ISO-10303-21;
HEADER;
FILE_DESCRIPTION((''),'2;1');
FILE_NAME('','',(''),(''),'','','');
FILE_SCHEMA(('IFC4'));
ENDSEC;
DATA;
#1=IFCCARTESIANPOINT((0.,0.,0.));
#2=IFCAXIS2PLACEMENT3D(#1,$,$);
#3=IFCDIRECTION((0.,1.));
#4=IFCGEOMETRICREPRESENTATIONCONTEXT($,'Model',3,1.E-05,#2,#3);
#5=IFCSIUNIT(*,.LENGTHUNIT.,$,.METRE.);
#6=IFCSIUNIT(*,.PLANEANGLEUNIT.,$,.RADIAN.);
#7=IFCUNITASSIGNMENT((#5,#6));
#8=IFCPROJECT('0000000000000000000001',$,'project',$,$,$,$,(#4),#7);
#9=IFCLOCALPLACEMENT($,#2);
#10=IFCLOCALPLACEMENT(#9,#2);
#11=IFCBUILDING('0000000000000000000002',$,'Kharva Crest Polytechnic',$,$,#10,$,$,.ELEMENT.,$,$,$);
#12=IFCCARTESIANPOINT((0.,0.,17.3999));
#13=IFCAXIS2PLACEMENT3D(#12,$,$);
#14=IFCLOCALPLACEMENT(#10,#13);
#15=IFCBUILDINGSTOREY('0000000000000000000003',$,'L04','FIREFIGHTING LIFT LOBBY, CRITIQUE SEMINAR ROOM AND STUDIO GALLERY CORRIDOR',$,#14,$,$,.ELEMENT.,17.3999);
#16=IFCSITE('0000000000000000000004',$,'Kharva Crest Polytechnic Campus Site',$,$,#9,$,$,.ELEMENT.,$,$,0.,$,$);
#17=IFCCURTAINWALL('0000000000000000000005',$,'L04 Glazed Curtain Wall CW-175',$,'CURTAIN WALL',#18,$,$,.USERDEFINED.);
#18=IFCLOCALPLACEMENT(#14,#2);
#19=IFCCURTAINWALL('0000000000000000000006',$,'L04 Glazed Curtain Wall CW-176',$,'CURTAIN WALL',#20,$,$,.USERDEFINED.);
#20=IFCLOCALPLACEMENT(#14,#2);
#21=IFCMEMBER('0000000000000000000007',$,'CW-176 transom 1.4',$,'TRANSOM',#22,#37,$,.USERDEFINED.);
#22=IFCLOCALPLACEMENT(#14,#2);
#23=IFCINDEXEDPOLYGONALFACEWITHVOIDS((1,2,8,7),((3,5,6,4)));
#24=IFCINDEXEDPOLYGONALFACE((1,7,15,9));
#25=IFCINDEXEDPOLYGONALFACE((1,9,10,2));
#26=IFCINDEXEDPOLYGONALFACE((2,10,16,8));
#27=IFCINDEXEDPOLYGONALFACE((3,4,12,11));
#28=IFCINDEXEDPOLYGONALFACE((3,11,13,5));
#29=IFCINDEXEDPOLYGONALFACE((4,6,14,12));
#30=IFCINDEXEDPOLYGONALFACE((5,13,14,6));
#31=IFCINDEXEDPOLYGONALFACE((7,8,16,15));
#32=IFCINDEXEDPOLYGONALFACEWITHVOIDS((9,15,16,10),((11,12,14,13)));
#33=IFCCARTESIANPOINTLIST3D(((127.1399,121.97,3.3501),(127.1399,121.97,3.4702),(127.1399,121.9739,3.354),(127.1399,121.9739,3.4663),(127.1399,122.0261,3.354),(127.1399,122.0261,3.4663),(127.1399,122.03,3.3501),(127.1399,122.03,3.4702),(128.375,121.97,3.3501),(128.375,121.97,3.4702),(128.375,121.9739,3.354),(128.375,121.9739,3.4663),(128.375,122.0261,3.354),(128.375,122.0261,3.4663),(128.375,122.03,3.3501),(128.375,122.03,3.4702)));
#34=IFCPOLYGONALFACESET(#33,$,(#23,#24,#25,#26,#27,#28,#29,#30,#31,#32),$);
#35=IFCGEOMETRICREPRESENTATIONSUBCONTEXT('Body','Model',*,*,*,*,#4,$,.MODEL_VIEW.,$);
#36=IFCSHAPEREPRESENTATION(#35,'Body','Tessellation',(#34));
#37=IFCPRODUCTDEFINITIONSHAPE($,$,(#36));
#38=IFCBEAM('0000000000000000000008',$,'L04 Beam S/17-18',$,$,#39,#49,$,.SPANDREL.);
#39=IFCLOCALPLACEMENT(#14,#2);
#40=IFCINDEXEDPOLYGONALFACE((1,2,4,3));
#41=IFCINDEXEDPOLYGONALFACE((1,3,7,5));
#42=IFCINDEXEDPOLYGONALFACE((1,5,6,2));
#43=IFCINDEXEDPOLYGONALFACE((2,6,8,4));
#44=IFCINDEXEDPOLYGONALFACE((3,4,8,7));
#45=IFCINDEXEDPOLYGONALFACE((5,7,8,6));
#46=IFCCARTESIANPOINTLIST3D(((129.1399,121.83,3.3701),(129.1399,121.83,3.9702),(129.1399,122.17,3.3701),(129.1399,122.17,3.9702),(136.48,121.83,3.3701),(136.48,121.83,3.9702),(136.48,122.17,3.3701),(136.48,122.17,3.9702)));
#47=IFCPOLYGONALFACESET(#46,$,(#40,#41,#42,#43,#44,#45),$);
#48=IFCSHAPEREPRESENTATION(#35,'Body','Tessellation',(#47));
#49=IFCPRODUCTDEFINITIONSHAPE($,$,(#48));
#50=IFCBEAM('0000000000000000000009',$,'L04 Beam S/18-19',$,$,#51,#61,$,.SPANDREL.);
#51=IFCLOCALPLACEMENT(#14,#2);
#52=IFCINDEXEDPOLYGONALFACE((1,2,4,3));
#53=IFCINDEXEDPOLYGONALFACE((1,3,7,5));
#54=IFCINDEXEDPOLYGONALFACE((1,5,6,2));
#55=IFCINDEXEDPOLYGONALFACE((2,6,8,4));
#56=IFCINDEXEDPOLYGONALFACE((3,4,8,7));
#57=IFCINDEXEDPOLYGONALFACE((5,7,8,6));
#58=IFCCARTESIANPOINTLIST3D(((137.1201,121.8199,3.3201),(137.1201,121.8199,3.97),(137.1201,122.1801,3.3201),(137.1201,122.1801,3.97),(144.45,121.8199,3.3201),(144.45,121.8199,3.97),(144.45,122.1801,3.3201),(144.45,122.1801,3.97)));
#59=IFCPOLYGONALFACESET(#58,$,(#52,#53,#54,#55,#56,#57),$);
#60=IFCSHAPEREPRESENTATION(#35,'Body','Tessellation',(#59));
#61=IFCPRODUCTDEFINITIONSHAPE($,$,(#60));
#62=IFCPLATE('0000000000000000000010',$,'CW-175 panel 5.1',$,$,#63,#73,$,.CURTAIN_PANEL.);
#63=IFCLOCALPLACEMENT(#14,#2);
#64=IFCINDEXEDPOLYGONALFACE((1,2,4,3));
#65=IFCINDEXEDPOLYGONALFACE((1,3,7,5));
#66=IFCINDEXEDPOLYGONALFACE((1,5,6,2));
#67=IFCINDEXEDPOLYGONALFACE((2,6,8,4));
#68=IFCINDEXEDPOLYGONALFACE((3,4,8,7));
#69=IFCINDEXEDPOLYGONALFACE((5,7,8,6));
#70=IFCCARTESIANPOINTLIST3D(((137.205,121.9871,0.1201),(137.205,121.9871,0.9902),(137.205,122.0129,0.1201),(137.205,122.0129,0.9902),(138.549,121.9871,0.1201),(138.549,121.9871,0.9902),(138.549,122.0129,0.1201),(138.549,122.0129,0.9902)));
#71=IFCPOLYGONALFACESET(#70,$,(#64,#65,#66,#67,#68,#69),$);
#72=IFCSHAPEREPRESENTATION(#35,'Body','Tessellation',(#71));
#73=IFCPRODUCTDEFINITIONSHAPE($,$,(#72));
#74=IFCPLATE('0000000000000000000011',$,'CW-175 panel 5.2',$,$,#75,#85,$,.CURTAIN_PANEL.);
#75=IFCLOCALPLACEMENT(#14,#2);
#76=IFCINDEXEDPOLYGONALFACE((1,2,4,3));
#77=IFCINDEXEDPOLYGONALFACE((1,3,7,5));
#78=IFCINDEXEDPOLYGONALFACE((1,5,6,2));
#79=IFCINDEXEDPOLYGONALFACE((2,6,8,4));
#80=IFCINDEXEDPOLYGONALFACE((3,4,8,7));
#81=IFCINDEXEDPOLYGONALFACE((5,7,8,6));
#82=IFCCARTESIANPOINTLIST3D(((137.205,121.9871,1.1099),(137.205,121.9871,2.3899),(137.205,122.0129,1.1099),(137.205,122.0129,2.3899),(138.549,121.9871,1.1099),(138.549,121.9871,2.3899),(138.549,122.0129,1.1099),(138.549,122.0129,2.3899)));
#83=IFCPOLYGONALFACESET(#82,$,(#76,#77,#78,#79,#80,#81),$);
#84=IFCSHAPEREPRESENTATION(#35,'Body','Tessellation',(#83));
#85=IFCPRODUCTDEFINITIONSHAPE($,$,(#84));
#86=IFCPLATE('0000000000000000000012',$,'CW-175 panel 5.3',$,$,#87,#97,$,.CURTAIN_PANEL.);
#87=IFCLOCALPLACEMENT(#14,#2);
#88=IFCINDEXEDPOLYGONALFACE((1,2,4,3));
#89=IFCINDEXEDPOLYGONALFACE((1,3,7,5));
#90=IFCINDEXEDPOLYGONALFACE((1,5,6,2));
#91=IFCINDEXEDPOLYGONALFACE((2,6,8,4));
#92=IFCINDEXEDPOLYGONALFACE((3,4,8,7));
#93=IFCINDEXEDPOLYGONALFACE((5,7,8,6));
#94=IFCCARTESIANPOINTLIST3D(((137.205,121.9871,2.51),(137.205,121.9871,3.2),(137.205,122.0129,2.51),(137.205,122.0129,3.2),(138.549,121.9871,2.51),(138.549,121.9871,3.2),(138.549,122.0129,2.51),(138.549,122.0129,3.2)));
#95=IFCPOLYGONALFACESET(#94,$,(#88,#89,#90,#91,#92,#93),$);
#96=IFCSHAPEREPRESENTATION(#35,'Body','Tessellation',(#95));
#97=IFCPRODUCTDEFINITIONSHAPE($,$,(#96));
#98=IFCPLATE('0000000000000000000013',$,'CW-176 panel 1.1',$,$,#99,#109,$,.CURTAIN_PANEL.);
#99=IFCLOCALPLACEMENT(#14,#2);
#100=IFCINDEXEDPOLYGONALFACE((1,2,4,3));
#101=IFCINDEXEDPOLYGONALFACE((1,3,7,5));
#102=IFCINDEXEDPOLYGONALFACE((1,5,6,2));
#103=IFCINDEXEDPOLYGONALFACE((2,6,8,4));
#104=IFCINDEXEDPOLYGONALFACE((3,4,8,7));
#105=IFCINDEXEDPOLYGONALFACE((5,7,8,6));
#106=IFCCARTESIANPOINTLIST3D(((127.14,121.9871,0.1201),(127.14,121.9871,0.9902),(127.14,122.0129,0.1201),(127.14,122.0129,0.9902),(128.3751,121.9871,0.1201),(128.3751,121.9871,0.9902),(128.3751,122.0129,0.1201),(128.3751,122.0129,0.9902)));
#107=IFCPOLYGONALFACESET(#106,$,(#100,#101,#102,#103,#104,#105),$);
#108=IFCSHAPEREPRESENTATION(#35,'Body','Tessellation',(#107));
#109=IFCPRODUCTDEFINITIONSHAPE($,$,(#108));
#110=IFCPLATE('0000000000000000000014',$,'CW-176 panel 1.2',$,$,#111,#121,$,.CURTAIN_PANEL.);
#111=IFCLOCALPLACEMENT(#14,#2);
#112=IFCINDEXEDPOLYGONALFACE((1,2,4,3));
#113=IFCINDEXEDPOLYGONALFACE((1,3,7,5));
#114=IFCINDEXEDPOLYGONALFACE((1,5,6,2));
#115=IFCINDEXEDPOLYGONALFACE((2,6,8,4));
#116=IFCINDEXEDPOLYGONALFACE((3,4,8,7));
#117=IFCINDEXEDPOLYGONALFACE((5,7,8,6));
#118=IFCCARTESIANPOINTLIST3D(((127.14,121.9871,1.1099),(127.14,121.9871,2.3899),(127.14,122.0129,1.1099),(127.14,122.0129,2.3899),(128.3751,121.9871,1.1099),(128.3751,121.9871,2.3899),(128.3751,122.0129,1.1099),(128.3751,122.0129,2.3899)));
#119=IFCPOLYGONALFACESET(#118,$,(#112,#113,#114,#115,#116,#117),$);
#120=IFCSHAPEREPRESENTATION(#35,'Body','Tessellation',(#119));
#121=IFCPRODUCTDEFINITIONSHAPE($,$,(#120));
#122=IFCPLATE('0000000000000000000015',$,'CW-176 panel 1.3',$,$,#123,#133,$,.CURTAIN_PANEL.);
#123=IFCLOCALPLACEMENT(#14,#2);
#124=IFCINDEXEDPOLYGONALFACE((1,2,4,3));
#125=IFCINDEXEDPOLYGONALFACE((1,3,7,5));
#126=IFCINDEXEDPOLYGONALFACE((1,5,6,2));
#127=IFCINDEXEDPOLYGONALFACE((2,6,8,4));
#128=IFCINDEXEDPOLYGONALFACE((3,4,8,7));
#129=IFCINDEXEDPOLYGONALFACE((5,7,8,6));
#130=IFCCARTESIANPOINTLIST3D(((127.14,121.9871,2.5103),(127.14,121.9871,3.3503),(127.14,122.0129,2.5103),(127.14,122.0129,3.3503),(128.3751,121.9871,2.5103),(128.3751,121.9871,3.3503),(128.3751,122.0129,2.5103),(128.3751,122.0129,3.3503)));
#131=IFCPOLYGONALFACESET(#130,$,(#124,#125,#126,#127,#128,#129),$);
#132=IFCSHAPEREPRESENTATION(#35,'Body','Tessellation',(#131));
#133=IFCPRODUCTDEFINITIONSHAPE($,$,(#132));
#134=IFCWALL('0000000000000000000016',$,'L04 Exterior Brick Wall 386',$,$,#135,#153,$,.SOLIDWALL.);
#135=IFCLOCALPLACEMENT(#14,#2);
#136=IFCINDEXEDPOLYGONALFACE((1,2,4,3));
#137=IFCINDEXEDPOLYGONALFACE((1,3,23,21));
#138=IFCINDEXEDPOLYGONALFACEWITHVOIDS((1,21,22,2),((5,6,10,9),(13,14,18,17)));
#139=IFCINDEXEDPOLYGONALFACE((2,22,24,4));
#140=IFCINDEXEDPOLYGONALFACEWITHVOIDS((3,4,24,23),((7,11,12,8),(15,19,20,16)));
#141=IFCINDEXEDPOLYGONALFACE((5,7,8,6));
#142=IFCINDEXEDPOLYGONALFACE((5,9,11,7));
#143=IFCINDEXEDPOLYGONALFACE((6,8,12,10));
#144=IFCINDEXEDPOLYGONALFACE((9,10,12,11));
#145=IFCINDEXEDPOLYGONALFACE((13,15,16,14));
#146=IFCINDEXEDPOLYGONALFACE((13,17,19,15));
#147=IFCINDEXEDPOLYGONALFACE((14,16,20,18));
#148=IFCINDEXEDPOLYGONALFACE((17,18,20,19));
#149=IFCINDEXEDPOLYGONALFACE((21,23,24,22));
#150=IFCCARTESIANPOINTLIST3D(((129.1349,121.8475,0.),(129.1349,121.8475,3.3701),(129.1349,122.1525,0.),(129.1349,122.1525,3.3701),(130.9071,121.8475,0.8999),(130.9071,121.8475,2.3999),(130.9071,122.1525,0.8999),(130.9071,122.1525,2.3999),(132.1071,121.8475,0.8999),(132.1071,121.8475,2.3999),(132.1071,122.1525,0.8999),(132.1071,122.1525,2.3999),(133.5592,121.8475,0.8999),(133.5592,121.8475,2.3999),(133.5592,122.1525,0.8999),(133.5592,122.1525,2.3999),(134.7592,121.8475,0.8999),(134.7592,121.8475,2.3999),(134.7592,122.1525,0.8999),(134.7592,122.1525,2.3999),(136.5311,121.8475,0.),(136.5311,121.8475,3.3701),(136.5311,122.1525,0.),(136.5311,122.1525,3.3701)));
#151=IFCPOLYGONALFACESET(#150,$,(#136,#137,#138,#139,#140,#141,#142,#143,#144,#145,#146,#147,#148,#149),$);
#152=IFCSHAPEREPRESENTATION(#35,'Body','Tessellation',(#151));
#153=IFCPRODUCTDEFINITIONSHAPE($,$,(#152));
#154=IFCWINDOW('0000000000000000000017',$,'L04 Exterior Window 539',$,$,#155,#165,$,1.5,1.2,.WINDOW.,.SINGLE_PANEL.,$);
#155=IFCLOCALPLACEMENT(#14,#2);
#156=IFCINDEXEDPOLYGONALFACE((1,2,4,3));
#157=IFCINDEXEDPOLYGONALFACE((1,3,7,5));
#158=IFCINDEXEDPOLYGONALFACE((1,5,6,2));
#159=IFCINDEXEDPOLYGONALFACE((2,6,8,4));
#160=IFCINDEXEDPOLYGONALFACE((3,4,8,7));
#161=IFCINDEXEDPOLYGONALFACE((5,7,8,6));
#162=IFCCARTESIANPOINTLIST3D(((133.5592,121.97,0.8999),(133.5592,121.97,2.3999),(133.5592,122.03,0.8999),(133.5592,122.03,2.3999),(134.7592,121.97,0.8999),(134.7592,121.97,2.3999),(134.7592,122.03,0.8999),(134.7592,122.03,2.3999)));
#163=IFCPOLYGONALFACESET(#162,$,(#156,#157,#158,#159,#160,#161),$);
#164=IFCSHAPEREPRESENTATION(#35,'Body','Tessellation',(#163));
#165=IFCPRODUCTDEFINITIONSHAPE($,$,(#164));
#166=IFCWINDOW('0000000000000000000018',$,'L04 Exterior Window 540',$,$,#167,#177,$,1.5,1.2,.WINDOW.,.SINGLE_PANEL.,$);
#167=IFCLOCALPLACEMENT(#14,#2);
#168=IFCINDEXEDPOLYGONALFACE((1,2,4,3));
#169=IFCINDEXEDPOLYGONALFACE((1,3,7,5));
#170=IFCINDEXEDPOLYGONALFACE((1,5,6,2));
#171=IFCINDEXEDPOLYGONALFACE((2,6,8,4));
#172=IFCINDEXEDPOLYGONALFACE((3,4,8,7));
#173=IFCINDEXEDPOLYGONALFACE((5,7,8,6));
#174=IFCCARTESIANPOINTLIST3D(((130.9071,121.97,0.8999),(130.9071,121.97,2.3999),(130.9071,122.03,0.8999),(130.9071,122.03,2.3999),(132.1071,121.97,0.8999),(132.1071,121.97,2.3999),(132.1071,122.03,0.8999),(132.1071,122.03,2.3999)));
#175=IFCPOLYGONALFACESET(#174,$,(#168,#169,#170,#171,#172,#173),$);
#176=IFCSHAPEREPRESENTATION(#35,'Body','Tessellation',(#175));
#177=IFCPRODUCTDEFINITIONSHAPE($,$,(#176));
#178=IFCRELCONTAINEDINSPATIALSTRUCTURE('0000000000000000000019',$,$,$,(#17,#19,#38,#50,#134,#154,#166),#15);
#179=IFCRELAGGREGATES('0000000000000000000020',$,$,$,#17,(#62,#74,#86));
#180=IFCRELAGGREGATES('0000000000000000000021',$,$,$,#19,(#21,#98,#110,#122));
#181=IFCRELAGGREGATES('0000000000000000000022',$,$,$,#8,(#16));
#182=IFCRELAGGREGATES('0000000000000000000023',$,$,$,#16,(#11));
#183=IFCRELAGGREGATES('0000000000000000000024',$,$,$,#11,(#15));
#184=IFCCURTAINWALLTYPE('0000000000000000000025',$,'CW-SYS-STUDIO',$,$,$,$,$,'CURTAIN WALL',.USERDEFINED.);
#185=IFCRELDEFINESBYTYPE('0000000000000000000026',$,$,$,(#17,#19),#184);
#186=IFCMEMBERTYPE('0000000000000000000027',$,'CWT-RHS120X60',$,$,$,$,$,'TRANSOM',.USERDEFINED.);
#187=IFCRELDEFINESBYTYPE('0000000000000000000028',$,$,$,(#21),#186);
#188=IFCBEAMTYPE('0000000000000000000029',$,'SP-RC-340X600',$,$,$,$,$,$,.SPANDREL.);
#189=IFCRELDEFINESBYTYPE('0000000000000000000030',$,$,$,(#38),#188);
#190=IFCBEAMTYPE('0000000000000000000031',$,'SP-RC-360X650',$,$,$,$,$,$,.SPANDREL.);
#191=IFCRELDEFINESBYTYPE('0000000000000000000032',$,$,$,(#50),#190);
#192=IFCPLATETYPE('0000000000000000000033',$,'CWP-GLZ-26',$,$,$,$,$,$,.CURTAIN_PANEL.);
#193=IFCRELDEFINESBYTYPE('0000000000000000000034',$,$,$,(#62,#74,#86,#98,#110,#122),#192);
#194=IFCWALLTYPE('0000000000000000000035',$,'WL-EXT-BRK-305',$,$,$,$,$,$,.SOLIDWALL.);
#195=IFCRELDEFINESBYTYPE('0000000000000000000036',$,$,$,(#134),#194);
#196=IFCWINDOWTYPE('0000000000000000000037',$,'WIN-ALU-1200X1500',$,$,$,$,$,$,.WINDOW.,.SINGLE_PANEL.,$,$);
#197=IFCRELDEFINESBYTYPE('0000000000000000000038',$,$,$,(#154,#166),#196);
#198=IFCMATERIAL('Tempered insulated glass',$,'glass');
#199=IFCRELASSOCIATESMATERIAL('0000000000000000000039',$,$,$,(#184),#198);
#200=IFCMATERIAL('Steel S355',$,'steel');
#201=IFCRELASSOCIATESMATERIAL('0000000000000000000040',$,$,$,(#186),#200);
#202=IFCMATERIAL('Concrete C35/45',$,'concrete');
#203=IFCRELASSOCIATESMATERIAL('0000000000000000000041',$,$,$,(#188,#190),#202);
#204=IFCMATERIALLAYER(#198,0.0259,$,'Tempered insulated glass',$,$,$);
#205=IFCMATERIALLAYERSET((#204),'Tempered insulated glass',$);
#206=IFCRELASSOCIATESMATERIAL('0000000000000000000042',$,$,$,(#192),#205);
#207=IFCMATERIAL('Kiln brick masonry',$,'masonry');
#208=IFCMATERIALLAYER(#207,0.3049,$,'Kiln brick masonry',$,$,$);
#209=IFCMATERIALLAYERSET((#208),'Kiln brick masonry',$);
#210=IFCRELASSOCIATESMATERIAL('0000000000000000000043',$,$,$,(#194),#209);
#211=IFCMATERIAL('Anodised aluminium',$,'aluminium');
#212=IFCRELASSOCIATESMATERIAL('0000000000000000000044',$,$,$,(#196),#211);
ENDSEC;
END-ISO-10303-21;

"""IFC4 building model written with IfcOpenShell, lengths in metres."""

from ifc_helpers import new_model, si_unit, direction, frame, frame_2d, origin, origin_2d, place, context, subcontext, project, spatial, rectangle, hollow_rectangle, extrude, material, layer, layer_set, material_profile, profile_set, type_object, element, fill, aggregate, save


model = new_model("IFC4")

# Units and contexts
model_context = context("Model", 3, precision=1e-05, world=origin(), true_north=direction((0.0, 1.0)))
body_context = subcontext(model_context, "Body", "Model", "MODEL_VIEW")
ifc_project = project(units=[si_unit("LENGTHUNIT", "METRE"), si_unit("PLANEANGLEUNIT", "RADIAN")], contexts=[model_context])

# Site, building, storey
site_placement = place(None, origin())
site = spatial("IfcSite", under=ifc_project, at=site_placement, Name="Kharva Crest Polytechnic Campus Site", CompositionType="ELEMENT", RefElevation=0.0)
building_placement = place(site_placement, origin())
building = spatial("IfcBuilding", under=site, at=building_placement, Name="Kharva Crest Polytechnic", CompositionType="ELEMENT")
storey_placement = place(building_placement, frame((0.0, 0.0, 17.3999)))
storey = spatial("IfcBuildingStorey", under=building, at=storey_placement, Name="L04", Description="FIREFIGHTING LIFT LOBBY, CRITIQUE SEMINAR ROOM AND STUDIO GALLERY CORRIDOR", CompositionType="ELEMENT", Elevation=17.3999)

# Curtain walls
ifc_material_1 = material(Name="Tempered insulated glass", Category="glass")
curtain_wall_type = type_object("IfcCurtainWallType", Name="CW-SYS-STUDIO", ElementType="CURTAIN WALL", PredefinedType="USERDEFINED", material=ifc_material_1)
curtain_wall_1_placement = place(storey_placement, origin())
curtain_wall_1 = element("IfcCurtainWall", 1, at=curtain_wall_1_placement, inside=storey, type_object=curtain_wall_type, Name="L04 Glazed Curtain Wall CW-175", ObjectType="CURTAIN WALL", PredefinedType="USERDEFINED")
ifc_material_2 = material(Name="Steel S355", Category="steel")
curtain_wall_2_placement = place(storey_placement, origin())
curtain_wall_2 = element("IfcCurtainWall", 2, at=curtain_wall_2_placement, inside=storey, type_object=curtain_wall_type, Name="L04 Glazed Curtain Wall CW-176", ObjectType="CURTAIN WALL", PredefinedType="USERDEFINED")

# Member
ifc_material_profile_1 = material_profile(ifc_material_2, hollow_rectangle(XDim=0.0601, YDim=0.1201, WallThickness=0.0039, at=origin_2d()), Name="RHS 120X60X4.0")
ifc_profile_set_1 = profile_set([ifc_material_profile_1], Name="Steel S355")
member_type_1 = type_object("IfcMemberType", Name="CWT-RHS120X60", ElementType="TRANSOM", PredefinedType="USERDEFINED", material=ifc_profile_set_1)
member_1_placement = place(storey_placement, frame((128.375, 122.0, 3.4102), z_axis=(-1.0, 0.0, 0.0), x_axis=(0.0, -1.0, 0.0)))
member_1 = element("IfcMember", 3, at=member_1_placement, type_object=member_type_1, Name="CW-176 transom 1.4", ObjectType="TRANSOM", PredefinedType="USERDEFINED", context=body_context, shape_type="SweptSolid", body=[
    extrude(hollow_rectangle(XDim=0.0601, YDim=0.1201, WallThickness=0.0039, at=origin_2d()), origin(), (0.0, 0.0, 1.0), 1.2351),
])

# Beams
ifc_material_3 = material(Name="Concrete C35/45", Category="concrete")
ifc_material_profile_2 = material_profile(ifc_material_3, rectangle(XDim=0.3401, YDim=0.6001, at=origin_2d()), Name="RECT 340 X 600")
ifc_profile_set_2 = profile_set([ifc_material_profile_2], Name="Concrete C35/45")
beam_type_1 = type_object("IfcBeamType", Name="SP-RC-340X600", PredefinedType="SPANDREL", material=ifc_profile_set_2)
beam_1_placement = place(storey_placement, frame((129.1399, 122.0, 3.6702), z_axis=(1.0, 0.0, 0.0), x_axis=(0.0, 1.0, 0.0)))
element("IfcBeam", 4, at=beam_1_placement, inside=storey, type_object=beam_type_1, Name="L04 Beam S/17-18", PredefinedType="SPANDREL", context=body_context, shape_type="SweptSolid", body=[
    extrude(rectangle(XDim=0.3401, YDim=0.6001, at=origin_2d()), origin(), (0.0, 0.0, 1.0), 7.3401),
])
ifc_material_profile_3 = material_profile(ifc_material_3, rectangle(XDim=0.3601, YDim=0.6499, at=origin_2d()), Name="RECT 360 X 650")
ifc_profile_set_3 = profile_set([ifc_material_profile_3], Name="Concrete C35/45")
beam_type_2 = type_object("IfcBeamType", Name="SP-RC-360X650", PredefinedType="SPANDREL", material=ifc_profile_set_3)
beam_2_placement = place(storey_placement, frame((137.1201, 122.0, 3.645), z_axis=(1.0, 0.0, 0.0), x_axis=(0.0, 1.0, 0.0)))
element("IfcBeam", 5, at=beam_2_placement, inside=storey, type_object=beam_type_2, Name="L04 Beam S/18-19", PredefinedType="SPANDREL", context=body_context, shape_type="SweptSolid", body=[
    extrude(rectangle(XDim=0.3601, YDim=0.6499, at=origin_2d()), origin(), (0.0, 0.0, 1.0), 7.3298),
])

# Plates
ifc_layer_1 = layer(ifc_material_1, 0.0259, Name="Tempered insulated glass")
ifc_layer_set_1 = layer_set([ifc_layer_1], Name="Tempered insulated glass")
plate_type = type_object("IfcPlateType", Name="CWP-GLZ-26", PredefinedType="CURTAIN_PANEL", material=ifc_layer_set_1)
plate_1_placement = place(storey_placement, frame((137.877, 122.0, 0.1201), z_axis=(0.0, 0.0, 1.0), x_axis=(-1.0, 0.0, 0.0)))
plate_1 = element("IfcPlate", 6, at=plate_1_placement, type_object=plate_type, Name="CW-175 panel 5.1", PredefinedType="CURTAIN_PANEL", context=body_context, shape_type="SweptSolid", body=[
    extrude(rectangle(XDim=1.344, YDim=0.0259, at=origin_2d()), origin(), (0.0, 0.0, 1.0), 0.8701),
])
plate_2_placement = place(storey_placement, frame((137.877, 122.0, 1.1099), z_axis=(0.0, 0.0, 1.0), x_axis=(-1.0, 0.0, 0.0)))
plate_2 = element("IfcPlate", 7, at=plate_2_placement, type_object=plate_type, Name="CW-175 panel 5.2", PredefinedType="CURTAIN_PANEL", context=body_context, shape_type="SweptSolid", body=[
    extrude(rectangle(XDim=1.344, YDim=0.0259, at=origin_2d()), origin(), (0.0, 0.0, 1.0), 1.28),
])
plate_3_placement = place(storey_placement, frame((137.877, 122.0, 2.51), z_axis=(0.0, 0.0, 1.0), x_axis=(-1.0, 0.0, 0.0)))
plate_3 = element("IfcPlate", 8, at=plate_3_placement, type_object=plate_type, Name="CW-175 panel 5.3", PredefinedType="CURTAIN_PANEL", context=body_context, shape_type="SweptSolid", body=[
    extrude(rectangle(XDim=1.344, YDim=0.0259, at=origin_2d()), origin(), (0.0, 0.0, 1.0), 0.6899),
])
aggregate(curtain_wall_1, [plate_1, plate_2, plate_3])
plate_4_placement = place(storey_placement, frame((127.7576, 122.0, 0.1201), z_axis=(0.0, 0.0, 1.0), x_axis=(-1.0, 0.0, 0.0)))
plate_4 = element("IfcPlate", 9, at=plate_4_placement, type_object=plate_type, Name="CW-176 panel 1.1", PredefinedType="CURTAIN_PANEL", context=body_context, shape_type="SweptSolid", body=[
    extrude(rectangle(XDim=1.2351, YDim=0.0259, at=origin_2d()), origin(), (0.0, 0.0, 1.0), 0.8701),
])
plate_5_placement = place(storey_placement, frame((127.7576, 122.0, 1.1099), z_axis=(0.0, 0.0, 1.0), x_axis=(-1.0, 0.0, 0.0)))
plate_5 = element("IfcPlate", 10, at=plate_5_placement, type_object=plate_type, Name="CW-176 panel 1.2", PredefinedType="CURTAIN_PANEL", context=body_context, shape_type="SweptSolid", body=[
    extrude(rectangle(XDim=1.2351, YDim=0.0259, at=origin_2d()), origin(), (0.0, 0.0, 1.0), 1.28),
])
plate_6_placement = place(storey_placement, frame((127.7576, 122.0, 2.5103), z_axis=(0.0, 0.0, 1.0), x_axis=(-1.0, 0.0, 0.0)))
plate_6 = element("IfcPlate", 11, at=plate_6_placement, type_object=plate_type, Name="CW-176 panel 1.3", PredefinedType="CURTAIN_PANEL", context=body_context, shape_type="SweptSolid", body=[
    extrude(rectangle(XDim=1.2351, YDim=0.0259, at=origin_2d()), origin(), (0.0, 0.0, 1.0), 0.8401),
])
aggregate(curtain_wall_2, [member_1, plate_4, plate_5, plate_6])

# Wall, openings, windows
ifc_material_4 = material(Name="Kiln brick masonry", Category="masonry")
ifc_layer_2 = layer(ifc_material_4, 0.3049, Name="Kiln brick masonry")
ifc_layer_set_2 = layer_set([ifc_layer_2], Name="Kiln brick masonry")
wall_type = type_object("IfcWallType", Name="WL-EXT-BRK-305", PredefinedType="SOLIDWALL", material=ifc_layer_set_2)
wall_placement = place(storey_placement, frame((136.5312, 122.0, 0.0), z_axis=(0.0, 0.0, 1.0), x_axis=(-1.0, 0.0, 0.0)))
wall = element("IfcWall", 12, at=wall_placement, inside=storey, type_object=wall_type, Name="L04 Exterior Brick Wall 386", PredefinedType="SOLIDWALL", context=body_context, shape_type="SweptSolid", body=[
    extrude(rectangle(XDim=7.3962, YDim=0.3049, at=frame_2d((3.6982, 0.0))), origin(), (0.0, 0.0, 1.0), 3.3701),
])
opening_1_placement = place(wall_placement, frame((1.772, 0.0, 0.8999)))
opening_1 = element("IfcOpeningElement", 13, at=opening_1_placement, cuts=wall, PredefinedType="OPENING", context=body_context, shape_type="SweptSolid", body=[
    extrude(rectangle(XDim=1.2, YDim=1.5, at=frame_2d((0.6001, 0.75))), frame((0.0, 0.1624, 0.0), z_axis=(0.0, -1.0, 0.0), x_axis=(1.0, 0.0, 0.0)), (0.0, 0.0, 1.0), 0.325),
])
opening_2_placement = place(wall_placement, frame((4.4241, 0.0, 0.8999)))
opening_2 = element("IfcOpeningElement", 14, at=opening_2_placement, cuts=wall, PredefinedType="OPENING", context=body_context, shape_type="SweptSolid", body=[
    extrude(rectangle(XDim=1.2, YDim=1.5, at=frame_2d((0.6001, 0.75))), frame((0.0, 0.1624, 0.0), z_axis=(0.0, -1.0, 0.0), x_axis=(1.0, 0.0, 0.0)), (0.0, 0.0, 1.0), 0.325),
])
ifc_material_5 = material(Name="Anodised aluminium", Category="aluminium")
window_type = type_object("IfcWindowType", Name="WIN-ALU-1200X1500", PartitioningType="SINGLE_PANEL", PredefinedType="WINDOW", material=ifc_material_5)
window_1_placement = place(opening_1_placement, origin())
window_1 = element("IfcWindow", 15, at=window_1_placement, inside=storey, type_object=window_type, Name="L04 Exterior Window 539", OverallHeight=1.5, OverallWidth=1.2, PartitioningType="SINGLE_PANEL", PredefinedType="WINDOW", context=body_context, shape_type="SweptSolid", body=[
    extrude(rectangle(XDim=1.2, YDim=1.5, at=frame_2d((0.6001, 0.75))), frame((0.0, 0.03, 0.0), z_axis=(0.0, -1.0, 0.0), x_axis=(1.0, 0.0, 0.0)), (0.0, 0.0, 1.0), 0.0601),
])
fill(opening_1, window_1)
window_2_placement = place(opening_2_placement, origin())
window_2 = element("IfcWindow", 16, at=window_2_placement, inside=storey, type_object=window_type, Name="L04 Exterior Window 540", OverallHeight=1.5, OverallWidth=1.2, PartitioningType="SINGLE_PANEL", PredefinedType="WINDOW", context=body_context, shape_type="SweptSolid", body=[
    extrude(rectangle(XDim=1.2, YDim=1.5, at=frame_2d((0.6001, 0.75))), frame((0.0, 0.03, 0.0), z_axis=(0.0, -1.0, 0.0), x_axis=(1.0, 0.0, 0.0)), (0.0, 0.0, 1.0), 0.0601),
])
fill(opening_2, window_2)

save(model, "model.ifc")
